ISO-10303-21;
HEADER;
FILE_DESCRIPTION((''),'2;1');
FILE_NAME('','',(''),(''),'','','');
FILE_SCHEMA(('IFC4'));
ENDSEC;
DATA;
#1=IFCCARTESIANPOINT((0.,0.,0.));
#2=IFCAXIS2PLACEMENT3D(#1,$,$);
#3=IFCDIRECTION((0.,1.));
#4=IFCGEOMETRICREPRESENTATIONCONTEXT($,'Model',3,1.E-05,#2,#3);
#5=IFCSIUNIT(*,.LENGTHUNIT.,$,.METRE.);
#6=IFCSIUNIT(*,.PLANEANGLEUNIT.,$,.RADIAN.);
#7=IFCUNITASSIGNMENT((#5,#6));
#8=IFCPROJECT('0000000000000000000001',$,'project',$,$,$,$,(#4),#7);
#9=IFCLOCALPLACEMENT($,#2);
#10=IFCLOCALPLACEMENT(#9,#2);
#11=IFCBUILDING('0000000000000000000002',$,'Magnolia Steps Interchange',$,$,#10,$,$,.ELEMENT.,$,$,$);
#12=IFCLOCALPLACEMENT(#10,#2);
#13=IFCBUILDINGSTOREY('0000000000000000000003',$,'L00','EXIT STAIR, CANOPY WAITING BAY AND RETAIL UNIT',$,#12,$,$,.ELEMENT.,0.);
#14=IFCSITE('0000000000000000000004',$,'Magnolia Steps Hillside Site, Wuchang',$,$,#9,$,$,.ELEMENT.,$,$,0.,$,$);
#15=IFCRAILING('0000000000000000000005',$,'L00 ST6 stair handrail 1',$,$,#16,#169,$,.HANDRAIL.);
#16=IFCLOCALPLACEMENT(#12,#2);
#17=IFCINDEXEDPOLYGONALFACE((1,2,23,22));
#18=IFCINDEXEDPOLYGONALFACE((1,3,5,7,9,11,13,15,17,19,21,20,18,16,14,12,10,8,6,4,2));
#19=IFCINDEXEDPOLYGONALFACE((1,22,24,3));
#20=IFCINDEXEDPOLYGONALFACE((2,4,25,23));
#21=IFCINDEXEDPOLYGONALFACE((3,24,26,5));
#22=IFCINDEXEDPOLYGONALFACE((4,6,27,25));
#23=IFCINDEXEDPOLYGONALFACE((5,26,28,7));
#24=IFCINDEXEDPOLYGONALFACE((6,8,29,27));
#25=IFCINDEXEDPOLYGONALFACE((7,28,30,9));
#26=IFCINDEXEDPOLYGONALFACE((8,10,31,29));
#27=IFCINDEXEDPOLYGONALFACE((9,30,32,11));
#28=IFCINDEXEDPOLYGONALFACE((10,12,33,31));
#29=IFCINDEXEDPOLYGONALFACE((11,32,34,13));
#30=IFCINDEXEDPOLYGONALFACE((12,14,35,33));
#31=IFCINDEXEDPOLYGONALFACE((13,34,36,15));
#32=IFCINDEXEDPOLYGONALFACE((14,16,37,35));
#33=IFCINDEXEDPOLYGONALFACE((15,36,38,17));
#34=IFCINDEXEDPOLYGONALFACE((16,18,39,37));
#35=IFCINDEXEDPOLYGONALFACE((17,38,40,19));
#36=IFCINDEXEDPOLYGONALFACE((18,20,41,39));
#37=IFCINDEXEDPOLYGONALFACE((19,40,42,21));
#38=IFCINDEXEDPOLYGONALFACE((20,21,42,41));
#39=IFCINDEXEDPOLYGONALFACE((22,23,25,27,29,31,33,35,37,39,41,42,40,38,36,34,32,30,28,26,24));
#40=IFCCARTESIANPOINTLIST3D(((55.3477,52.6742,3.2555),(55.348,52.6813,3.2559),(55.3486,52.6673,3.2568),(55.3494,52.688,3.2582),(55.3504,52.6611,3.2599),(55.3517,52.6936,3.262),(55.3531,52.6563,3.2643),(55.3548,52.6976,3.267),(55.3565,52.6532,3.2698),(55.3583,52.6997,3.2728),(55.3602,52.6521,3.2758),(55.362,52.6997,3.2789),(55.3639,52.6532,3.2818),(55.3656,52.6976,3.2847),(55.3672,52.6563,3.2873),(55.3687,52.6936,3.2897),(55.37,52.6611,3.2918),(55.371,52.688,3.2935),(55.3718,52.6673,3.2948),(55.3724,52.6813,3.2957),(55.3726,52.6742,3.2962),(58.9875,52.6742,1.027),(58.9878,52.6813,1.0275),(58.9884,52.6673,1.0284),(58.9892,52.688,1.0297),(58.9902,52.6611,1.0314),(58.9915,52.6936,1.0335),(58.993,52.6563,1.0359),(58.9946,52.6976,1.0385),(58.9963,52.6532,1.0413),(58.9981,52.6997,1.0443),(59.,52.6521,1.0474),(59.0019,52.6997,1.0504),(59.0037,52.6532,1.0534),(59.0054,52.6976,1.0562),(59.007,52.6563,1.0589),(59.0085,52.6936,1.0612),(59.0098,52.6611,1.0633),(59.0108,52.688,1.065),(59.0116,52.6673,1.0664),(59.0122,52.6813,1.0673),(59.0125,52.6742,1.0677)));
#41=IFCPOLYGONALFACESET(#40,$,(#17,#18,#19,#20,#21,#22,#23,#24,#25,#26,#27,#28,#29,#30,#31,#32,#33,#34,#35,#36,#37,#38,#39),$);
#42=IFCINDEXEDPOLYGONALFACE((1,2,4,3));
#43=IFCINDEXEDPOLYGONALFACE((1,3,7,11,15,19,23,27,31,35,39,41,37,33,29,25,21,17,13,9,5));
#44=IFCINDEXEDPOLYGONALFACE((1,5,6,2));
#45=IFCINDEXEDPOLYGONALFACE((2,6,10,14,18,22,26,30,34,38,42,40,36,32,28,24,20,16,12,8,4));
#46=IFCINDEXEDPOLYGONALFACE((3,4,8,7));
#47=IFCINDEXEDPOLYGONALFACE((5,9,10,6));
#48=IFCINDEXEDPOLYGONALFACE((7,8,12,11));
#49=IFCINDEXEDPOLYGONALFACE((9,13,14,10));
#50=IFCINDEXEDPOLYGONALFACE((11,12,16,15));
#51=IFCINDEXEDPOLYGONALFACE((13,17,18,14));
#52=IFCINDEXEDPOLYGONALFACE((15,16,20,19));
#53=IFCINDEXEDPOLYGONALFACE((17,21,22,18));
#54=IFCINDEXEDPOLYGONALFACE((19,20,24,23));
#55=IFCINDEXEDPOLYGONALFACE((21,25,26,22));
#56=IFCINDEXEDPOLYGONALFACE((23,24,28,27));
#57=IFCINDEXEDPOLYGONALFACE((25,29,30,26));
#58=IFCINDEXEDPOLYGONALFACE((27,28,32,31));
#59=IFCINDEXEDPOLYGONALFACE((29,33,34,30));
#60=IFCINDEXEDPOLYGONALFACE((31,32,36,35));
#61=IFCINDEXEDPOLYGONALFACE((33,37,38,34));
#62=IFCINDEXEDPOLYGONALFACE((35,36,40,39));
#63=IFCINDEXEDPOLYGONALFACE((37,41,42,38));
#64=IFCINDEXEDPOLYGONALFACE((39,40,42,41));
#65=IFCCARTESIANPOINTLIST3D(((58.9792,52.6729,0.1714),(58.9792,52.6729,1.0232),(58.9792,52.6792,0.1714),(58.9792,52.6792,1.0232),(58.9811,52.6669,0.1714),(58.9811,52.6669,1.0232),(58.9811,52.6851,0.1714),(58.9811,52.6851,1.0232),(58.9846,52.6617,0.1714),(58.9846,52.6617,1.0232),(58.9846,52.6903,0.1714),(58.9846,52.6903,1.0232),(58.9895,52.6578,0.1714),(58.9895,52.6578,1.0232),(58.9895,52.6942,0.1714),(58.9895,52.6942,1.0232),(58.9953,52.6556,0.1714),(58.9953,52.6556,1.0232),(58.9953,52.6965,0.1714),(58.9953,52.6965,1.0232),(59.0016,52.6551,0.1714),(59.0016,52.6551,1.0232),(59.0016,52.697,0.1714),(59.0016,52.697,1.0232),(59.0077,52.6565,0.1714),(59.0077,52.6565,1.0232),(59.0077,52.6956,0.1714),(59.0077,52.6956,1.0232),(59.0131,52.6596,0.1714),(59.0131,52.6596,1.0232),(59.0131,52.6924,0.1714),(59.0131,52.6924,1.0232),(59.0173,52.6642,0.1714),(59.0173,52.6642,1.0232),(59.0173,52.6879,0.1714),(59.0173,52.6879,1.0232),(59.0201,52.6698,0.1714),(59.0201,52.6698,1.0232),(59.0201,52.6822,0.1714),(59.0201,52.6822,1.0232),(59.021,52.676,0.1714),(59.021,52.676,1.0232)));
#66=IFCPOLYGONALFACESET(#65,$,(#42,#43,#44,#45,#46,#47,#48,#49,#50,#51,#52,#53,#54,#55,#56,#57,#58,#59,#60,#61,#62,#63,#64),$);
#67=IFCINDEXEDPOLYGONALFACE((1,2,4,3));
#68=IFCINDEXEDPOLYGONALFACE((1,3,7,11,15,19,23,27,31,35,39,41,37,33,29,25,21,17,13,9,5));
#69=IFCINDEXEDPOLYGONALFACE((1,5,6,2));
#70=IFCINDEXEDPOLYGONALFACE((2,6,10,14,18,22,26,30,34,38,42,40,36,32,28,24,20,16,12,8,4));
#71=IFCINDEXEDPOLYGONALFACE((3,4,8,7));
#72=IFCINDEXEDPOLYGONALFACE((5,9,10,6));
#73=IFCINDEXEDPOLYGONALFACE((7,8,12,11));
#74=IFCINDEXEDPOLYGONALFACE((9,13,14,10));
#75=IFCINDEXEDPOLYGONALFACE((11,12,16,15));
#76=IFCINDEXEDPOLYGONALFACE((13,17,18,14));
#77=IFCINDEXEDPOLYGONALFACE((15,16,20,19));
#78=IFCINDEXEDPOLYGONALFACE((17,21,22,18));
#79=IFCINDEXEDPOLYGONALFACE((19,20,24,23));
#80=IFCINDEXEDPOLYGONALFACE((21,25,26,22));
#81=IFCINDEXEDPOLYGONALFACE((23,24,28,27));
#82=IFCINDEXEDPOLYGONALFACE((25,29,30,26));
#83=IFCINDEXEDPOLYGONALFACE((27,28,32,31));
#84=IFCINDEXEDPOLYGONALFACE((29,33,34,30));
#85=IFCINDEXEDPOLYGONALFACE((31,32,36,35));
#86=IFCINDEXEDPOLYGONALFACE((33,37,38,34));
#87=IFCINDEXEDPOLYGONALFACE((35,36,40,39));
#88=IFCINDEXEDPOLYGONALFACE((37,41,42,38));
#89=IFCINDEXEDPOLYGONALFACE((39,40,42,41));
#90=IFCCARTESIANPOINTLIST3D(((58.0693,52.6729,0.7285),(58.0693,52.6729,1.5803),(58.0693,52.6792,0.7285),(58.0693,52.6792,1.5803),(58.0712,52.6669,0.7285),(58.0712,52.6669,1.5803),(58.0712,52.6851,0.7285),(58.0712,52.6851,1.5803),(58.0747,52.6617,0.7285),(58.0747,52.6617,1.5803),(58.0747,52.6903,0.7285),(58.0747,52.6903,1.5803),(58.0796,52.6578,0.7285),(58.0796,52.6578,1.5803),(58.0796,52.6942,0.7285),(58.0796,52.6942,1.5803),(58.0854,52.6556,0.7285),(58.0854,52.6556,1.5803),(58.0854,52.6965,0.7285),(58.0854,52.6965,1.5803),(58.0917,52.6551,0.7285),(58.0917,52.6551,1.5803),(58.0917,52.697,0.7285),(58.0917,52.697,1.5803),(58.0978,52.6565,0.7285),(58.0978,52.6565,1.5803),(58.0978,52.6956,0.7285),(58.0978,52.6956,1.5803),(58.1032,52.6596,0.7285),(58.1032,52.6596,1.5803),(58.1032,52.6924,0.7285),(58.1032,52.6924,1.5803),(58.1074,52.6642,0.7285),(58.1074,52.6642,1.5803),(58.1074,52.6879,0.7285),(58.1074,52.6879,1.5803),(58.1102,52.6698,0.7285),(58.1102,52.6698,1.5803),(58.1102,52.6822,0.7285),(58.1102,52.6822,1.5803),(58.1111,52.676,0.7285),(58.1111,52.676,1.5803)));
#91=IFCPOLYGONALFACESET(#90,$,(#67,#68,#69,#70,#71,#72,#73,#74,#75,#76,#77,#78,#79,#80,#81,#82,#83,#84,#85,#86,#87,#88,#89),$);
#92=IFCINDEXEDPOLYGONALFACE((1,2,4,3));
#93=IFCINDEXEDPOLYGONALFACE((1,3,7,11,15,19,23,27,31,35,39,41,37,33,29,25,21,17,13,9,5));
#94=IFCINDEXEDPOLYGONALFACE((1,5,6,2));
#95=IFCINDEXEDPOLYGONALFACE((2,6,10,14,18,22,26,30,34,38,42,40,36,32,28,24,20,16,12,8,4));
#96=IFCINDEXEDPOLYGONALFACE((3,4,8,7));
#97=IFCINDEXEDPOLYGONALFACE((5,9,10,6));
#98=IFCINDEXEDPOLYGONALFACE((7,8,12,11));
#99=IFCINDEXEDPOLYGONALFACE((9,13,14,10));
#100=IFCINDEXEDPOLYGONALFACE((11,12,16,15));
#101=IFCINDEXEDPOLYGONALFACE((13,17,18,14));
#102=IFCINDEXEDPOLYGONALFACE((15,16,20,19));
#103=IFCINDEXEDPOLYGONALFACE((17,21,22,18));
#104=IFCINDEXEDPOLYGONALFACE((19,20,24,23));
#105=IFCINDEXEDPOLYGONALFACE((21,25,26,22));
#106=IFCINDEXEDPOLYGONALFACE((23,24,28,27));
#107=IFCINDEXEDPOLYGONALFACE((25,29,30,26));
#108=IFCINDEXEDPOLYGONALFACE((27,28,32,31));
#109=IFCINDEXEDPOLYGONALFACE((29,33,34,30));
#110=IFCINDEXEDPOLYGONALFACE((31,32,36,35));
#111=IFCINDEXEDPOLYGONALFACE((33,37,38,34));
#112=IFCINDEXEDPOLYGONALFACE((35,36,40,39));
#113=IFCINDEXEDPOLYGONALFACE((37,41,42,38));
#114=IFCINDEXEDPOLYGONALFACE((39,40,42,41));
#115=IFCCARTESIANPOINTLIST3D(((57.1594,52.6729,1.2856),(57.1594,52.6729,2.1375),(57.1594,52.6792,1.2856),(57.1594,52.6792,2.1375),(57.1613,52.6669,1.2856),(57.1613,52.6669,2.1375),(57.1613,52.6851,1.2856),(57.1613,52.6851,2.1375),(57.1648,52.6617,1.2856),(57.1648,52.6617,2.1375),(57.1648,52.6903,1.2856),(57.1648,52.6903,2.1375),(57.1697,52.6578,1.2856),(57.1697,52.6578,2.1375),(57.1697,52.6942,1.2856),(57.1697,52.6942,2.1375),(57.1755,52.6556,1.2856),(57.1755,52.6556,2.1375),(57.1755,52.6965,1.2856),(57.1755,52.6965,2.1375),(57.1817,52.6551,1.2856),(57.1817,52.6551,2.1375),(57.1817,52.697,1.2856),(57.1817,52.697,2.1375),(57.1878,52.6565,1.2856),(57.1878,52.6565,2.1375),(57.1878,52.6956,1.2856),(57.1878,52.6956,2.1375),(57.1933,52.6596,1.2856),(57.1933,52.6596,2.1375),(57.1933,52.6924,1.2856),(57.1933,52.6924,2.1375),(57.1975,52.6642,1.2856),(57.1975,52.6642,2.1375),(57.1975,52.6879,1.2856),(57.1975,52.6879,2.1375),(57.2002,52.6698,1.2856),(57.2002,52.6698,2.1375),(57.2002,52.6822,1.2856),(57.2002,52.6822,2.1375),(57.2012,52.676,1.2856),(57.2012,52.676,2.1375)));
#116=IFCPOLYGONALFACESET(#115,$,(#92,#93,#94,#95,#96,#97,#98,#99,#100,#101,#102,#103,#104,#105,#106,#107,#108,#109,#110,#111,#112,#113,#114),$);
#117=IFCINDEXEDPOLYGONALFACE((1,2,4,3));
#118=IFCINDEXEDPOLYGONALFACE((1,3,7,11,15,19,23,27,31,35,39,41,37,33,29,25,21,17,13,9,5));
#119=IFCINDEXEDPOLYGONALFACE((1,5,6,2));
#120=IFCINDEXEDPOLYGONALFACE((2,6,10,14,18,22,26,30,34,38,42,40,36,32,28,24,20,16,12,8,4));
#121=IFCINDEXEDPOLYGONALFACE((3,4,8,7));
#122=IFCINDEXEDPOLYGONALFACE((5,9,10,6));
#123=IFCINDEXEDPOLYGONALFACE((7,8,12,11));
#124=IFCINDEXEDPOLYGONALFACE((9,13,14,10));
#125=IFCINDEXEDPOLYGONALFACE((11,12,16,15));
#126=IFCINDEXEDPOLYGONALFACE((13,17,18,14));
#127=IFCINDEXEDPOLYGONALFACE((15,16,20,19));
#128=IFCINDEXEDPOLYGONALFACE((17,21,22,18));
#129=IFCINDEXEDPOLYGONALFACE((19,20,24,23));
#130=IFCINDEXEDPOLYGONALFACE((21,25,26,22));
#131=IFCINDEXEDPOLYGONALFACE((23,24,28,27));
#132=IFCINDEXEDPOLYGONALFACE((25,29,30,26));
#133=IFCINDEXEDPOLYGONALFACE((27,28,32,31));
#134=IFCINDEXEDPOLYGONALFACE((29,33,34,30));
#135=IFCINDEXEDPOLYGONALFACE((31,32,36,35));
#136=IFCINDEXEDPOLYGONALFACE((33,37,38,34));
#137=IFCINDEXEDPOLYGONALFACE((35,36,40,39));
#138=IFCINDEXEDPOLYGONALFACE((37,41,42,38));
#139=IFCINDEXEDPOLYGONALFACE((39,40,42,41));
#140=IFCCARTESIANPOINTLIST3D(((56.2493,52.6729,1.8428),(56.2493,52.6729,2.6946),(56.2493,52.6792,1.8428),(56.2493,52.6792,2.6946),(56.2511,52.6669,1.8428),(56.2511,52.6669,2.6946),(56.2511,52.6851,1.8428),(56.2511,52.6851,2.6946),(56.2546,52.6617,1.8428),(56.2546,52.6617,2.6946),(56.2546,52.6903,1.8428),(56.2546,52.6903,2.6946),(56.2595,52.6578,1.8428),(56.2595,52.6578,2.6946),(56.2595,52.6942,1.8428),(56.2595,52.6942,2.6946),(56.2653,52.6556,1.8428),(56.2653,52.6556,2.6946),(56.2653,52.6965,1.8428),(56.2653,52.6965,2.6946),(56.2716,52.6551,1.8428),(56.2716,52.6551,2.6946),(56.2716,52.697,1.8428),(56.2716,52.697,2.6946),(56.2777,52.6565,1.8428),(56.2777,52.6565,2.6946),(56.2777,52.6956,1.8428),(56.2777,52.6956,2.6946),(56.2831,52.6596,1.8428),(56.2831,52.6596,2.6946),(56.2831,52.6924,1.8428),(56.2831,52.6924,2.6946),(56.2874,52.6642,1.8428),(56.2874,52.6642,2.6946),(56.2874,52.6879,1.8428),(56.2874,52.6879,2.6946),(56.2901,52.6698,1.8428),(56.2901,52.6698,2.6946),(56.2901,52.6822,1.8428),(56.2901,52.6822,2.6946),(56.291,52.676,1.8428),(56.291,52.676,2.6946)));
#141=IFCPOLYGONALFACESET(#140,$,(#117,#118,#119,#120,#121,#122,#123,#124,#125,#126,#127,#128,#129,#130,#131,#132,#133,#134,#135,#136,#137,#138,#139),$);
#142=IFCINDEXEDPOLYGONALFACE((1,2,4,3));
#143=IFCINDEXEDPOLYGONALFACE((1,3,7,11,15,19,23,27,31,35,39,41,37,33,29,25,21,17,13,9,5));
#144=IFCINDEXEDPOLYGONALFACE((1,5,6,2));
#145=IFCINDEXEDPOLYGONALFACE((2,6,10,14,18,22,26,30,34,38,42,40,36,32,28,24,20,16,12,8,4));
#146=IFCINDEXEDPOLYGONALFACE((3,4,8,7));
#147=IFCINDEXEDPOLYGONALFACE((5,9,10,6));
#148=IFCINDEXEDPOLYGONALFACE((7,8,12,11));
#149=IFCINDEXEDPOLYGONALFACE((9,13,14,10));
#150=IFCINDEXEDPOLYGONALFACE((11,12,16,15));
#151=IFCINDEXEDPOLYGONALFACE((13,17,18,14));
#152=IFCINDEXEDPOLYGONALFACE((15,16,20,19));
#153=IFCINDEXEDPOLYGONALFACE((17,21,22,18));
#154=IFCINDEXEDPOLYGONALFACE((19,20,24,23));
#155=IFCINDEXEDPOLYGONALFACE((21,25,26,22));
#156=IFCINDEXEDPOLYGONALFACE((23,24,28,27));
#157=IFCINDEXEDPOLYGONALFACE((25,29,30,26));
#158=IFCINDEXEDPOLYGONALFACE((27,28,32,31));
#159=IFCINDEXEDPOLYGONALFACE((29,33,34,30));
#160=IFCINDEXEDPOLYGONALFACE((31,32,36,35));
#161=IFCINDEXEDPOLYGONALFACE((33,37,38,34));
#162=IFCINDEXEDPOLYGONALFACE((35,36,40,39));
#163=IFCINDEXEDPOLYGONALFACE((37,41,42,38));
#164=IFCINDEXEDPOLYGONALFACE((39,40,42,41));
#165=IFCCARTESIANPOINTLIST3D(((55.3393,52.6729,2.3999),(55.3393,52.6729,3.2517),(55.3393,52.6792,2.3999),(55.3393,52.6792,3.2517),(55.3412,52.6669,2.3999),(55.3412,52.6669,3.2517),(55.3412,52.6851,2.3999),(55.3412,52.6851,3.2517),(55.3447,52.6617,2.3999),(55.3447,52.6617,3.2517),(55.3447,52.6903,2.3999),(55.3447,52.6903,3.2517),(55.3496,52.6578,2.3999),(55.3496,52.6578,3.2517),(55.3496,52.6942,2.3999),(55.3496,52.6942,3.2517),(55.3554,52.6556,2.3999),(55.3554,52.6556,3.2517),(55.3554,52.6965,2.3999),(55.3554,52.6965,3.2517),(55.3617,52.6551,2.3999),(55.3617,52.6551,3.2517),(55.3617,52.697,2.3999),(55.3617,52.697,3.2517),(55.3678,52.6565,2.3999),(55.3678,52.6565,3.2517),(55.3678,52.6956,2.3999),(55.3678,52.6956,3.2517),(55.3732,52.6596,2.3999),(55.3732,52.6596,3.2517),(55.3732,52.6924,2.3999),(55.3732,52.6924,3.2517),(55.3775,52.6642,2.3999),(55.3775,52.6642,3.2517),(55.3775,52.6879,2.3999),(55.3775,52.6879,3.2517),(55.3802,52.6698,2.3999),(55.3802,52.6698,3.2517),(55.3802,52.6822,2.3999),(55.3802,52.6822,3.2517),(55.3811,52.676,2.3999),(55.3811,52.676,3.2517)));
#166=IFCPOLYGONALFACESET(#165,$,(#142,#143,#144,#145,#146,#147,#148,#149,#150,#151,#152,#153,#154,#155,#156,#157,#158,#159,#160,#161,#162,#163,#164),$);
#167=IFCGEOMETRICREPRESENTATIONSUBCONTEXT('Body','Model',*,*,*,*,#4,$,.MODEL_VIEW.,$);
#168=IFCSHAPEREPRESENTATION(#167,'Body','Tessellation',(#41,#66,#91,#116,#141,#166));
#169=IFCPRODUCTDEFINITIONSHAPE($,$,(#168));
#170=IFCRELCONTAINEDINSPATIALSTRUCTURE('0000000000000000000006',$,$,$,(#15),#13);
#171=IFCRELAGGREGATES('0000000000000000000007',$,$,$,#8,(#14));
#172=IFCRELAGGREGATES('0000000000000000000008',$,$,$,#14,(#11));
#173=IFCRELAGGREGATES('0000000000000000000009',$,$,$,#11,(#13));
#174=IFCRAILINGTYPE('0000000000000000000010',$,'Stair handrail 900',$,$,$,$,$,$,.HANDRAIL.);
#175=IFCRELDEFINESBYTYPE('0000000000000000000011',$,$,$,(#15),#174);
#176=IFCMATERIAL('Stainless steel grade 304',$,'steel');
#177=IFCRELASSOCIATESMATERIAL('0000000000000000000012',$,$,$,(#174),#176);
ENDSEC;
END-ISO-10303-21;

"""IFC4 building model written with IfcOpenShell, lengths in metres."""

from ifc_helpers import new_model, si_unit, direction, frame, origin, origin_2d, place, context, subcontext, project, spatial, circle, extrude, material, type_object, element, save


model = new_model("IFC4")

# Units and contexts
model_context = context("Model", 3, precision=1e-05, world=origin(), true_north=direction((0.0, 1.0)))
body_context = subcontext(model_context, "Body", "Model", "MODEL_VIEW")
ifc_project = project(units=[si_unit("LENGTHUNIT", "METRE"), si_unit("PLANEANGLEUNIT", "RADIAN")], contexts=[model_context])

# Site, building, storey
site_placement = place(None, origin())
site = spatial("IfcSite", under=ifc_project, at=site_placement, Name="Magnolia Steps Hillside Site, Wuchang", CompositionType="ELEMENT", RefElevation=0.0)
building_placement = place(site_placement, origin())
building = spatial("IfcBuilding", under=site, at=building_placement, Name="Magnolia Steps Interchange", CompositionType="ELEMENT")
storey_placement = place(building_placement, origin())
storey = spatial("IfcBuildingStorey", under=building, at=storey_placement, Name="L00", Description="EXIT STAIR, CANOPY WAITING BAY AND RETAIL UNIT", CompositionType="ELEMENT", Elevation=0.0)

# Railing
ifc_material_1 = material(Name="Stainless steel grade 304", Category="steel")
railing_type_1 = type_object("IfcRailingType", Name="Stair handrail 900", PredefinedType="HANDRAIL", material=ifc_material_1)
railing_1_placement = place(storey_placement, frame((59.0, 52.676, 0.1714)))
element("IfcRailing", 1, at=railing_1_placement, inside=storey, type_object=railing_type_1, Name="L00 ST6 stair handrail 1", PredefinedType="HANDRAIL", context=body_context, shape_type="SweptSolid", body=[
    extrude(circle(Radius=0.0239, at=origin_2d()), frame((0.0, 0.0, 0.876), z_axis=(-0.85285, 0.0, 0.522156), x_axis=(0.0, -1.0, 0.0)), (0.0, 0.0, 1.0), 4.2678),
    extrude(circle(Radius=0.021, at=origin_2d()), origin(), (0.0, 0.0, 1.0), 0.8518),
    extrude(circle(Radius=0.021, at=origin_2d()), frame((-0.9099, 0.0, 0.5571)), (0.0, 0.0, 1.0), 0.8518),
    extrude(circle(Radius=0.021, at=origin_2d()), frame((-1.8198, 0.0, 1.1143)), (0.0, 0.0, 1.0), 0.8518),
    extrude(circle(Radius=0.021, at=origin_2d()), frame((-2.73, 0.0, 1.6714)), (0.0, 0.0, 1.0), 0.8518),
    extrude(circle(Radius=0.021, at=origin_2d()), frame((-3.6399, 0.0, 2.2285)), (0.0, 0.0, 1.0), 0.8518),
])

save(model, "model.ifc")
